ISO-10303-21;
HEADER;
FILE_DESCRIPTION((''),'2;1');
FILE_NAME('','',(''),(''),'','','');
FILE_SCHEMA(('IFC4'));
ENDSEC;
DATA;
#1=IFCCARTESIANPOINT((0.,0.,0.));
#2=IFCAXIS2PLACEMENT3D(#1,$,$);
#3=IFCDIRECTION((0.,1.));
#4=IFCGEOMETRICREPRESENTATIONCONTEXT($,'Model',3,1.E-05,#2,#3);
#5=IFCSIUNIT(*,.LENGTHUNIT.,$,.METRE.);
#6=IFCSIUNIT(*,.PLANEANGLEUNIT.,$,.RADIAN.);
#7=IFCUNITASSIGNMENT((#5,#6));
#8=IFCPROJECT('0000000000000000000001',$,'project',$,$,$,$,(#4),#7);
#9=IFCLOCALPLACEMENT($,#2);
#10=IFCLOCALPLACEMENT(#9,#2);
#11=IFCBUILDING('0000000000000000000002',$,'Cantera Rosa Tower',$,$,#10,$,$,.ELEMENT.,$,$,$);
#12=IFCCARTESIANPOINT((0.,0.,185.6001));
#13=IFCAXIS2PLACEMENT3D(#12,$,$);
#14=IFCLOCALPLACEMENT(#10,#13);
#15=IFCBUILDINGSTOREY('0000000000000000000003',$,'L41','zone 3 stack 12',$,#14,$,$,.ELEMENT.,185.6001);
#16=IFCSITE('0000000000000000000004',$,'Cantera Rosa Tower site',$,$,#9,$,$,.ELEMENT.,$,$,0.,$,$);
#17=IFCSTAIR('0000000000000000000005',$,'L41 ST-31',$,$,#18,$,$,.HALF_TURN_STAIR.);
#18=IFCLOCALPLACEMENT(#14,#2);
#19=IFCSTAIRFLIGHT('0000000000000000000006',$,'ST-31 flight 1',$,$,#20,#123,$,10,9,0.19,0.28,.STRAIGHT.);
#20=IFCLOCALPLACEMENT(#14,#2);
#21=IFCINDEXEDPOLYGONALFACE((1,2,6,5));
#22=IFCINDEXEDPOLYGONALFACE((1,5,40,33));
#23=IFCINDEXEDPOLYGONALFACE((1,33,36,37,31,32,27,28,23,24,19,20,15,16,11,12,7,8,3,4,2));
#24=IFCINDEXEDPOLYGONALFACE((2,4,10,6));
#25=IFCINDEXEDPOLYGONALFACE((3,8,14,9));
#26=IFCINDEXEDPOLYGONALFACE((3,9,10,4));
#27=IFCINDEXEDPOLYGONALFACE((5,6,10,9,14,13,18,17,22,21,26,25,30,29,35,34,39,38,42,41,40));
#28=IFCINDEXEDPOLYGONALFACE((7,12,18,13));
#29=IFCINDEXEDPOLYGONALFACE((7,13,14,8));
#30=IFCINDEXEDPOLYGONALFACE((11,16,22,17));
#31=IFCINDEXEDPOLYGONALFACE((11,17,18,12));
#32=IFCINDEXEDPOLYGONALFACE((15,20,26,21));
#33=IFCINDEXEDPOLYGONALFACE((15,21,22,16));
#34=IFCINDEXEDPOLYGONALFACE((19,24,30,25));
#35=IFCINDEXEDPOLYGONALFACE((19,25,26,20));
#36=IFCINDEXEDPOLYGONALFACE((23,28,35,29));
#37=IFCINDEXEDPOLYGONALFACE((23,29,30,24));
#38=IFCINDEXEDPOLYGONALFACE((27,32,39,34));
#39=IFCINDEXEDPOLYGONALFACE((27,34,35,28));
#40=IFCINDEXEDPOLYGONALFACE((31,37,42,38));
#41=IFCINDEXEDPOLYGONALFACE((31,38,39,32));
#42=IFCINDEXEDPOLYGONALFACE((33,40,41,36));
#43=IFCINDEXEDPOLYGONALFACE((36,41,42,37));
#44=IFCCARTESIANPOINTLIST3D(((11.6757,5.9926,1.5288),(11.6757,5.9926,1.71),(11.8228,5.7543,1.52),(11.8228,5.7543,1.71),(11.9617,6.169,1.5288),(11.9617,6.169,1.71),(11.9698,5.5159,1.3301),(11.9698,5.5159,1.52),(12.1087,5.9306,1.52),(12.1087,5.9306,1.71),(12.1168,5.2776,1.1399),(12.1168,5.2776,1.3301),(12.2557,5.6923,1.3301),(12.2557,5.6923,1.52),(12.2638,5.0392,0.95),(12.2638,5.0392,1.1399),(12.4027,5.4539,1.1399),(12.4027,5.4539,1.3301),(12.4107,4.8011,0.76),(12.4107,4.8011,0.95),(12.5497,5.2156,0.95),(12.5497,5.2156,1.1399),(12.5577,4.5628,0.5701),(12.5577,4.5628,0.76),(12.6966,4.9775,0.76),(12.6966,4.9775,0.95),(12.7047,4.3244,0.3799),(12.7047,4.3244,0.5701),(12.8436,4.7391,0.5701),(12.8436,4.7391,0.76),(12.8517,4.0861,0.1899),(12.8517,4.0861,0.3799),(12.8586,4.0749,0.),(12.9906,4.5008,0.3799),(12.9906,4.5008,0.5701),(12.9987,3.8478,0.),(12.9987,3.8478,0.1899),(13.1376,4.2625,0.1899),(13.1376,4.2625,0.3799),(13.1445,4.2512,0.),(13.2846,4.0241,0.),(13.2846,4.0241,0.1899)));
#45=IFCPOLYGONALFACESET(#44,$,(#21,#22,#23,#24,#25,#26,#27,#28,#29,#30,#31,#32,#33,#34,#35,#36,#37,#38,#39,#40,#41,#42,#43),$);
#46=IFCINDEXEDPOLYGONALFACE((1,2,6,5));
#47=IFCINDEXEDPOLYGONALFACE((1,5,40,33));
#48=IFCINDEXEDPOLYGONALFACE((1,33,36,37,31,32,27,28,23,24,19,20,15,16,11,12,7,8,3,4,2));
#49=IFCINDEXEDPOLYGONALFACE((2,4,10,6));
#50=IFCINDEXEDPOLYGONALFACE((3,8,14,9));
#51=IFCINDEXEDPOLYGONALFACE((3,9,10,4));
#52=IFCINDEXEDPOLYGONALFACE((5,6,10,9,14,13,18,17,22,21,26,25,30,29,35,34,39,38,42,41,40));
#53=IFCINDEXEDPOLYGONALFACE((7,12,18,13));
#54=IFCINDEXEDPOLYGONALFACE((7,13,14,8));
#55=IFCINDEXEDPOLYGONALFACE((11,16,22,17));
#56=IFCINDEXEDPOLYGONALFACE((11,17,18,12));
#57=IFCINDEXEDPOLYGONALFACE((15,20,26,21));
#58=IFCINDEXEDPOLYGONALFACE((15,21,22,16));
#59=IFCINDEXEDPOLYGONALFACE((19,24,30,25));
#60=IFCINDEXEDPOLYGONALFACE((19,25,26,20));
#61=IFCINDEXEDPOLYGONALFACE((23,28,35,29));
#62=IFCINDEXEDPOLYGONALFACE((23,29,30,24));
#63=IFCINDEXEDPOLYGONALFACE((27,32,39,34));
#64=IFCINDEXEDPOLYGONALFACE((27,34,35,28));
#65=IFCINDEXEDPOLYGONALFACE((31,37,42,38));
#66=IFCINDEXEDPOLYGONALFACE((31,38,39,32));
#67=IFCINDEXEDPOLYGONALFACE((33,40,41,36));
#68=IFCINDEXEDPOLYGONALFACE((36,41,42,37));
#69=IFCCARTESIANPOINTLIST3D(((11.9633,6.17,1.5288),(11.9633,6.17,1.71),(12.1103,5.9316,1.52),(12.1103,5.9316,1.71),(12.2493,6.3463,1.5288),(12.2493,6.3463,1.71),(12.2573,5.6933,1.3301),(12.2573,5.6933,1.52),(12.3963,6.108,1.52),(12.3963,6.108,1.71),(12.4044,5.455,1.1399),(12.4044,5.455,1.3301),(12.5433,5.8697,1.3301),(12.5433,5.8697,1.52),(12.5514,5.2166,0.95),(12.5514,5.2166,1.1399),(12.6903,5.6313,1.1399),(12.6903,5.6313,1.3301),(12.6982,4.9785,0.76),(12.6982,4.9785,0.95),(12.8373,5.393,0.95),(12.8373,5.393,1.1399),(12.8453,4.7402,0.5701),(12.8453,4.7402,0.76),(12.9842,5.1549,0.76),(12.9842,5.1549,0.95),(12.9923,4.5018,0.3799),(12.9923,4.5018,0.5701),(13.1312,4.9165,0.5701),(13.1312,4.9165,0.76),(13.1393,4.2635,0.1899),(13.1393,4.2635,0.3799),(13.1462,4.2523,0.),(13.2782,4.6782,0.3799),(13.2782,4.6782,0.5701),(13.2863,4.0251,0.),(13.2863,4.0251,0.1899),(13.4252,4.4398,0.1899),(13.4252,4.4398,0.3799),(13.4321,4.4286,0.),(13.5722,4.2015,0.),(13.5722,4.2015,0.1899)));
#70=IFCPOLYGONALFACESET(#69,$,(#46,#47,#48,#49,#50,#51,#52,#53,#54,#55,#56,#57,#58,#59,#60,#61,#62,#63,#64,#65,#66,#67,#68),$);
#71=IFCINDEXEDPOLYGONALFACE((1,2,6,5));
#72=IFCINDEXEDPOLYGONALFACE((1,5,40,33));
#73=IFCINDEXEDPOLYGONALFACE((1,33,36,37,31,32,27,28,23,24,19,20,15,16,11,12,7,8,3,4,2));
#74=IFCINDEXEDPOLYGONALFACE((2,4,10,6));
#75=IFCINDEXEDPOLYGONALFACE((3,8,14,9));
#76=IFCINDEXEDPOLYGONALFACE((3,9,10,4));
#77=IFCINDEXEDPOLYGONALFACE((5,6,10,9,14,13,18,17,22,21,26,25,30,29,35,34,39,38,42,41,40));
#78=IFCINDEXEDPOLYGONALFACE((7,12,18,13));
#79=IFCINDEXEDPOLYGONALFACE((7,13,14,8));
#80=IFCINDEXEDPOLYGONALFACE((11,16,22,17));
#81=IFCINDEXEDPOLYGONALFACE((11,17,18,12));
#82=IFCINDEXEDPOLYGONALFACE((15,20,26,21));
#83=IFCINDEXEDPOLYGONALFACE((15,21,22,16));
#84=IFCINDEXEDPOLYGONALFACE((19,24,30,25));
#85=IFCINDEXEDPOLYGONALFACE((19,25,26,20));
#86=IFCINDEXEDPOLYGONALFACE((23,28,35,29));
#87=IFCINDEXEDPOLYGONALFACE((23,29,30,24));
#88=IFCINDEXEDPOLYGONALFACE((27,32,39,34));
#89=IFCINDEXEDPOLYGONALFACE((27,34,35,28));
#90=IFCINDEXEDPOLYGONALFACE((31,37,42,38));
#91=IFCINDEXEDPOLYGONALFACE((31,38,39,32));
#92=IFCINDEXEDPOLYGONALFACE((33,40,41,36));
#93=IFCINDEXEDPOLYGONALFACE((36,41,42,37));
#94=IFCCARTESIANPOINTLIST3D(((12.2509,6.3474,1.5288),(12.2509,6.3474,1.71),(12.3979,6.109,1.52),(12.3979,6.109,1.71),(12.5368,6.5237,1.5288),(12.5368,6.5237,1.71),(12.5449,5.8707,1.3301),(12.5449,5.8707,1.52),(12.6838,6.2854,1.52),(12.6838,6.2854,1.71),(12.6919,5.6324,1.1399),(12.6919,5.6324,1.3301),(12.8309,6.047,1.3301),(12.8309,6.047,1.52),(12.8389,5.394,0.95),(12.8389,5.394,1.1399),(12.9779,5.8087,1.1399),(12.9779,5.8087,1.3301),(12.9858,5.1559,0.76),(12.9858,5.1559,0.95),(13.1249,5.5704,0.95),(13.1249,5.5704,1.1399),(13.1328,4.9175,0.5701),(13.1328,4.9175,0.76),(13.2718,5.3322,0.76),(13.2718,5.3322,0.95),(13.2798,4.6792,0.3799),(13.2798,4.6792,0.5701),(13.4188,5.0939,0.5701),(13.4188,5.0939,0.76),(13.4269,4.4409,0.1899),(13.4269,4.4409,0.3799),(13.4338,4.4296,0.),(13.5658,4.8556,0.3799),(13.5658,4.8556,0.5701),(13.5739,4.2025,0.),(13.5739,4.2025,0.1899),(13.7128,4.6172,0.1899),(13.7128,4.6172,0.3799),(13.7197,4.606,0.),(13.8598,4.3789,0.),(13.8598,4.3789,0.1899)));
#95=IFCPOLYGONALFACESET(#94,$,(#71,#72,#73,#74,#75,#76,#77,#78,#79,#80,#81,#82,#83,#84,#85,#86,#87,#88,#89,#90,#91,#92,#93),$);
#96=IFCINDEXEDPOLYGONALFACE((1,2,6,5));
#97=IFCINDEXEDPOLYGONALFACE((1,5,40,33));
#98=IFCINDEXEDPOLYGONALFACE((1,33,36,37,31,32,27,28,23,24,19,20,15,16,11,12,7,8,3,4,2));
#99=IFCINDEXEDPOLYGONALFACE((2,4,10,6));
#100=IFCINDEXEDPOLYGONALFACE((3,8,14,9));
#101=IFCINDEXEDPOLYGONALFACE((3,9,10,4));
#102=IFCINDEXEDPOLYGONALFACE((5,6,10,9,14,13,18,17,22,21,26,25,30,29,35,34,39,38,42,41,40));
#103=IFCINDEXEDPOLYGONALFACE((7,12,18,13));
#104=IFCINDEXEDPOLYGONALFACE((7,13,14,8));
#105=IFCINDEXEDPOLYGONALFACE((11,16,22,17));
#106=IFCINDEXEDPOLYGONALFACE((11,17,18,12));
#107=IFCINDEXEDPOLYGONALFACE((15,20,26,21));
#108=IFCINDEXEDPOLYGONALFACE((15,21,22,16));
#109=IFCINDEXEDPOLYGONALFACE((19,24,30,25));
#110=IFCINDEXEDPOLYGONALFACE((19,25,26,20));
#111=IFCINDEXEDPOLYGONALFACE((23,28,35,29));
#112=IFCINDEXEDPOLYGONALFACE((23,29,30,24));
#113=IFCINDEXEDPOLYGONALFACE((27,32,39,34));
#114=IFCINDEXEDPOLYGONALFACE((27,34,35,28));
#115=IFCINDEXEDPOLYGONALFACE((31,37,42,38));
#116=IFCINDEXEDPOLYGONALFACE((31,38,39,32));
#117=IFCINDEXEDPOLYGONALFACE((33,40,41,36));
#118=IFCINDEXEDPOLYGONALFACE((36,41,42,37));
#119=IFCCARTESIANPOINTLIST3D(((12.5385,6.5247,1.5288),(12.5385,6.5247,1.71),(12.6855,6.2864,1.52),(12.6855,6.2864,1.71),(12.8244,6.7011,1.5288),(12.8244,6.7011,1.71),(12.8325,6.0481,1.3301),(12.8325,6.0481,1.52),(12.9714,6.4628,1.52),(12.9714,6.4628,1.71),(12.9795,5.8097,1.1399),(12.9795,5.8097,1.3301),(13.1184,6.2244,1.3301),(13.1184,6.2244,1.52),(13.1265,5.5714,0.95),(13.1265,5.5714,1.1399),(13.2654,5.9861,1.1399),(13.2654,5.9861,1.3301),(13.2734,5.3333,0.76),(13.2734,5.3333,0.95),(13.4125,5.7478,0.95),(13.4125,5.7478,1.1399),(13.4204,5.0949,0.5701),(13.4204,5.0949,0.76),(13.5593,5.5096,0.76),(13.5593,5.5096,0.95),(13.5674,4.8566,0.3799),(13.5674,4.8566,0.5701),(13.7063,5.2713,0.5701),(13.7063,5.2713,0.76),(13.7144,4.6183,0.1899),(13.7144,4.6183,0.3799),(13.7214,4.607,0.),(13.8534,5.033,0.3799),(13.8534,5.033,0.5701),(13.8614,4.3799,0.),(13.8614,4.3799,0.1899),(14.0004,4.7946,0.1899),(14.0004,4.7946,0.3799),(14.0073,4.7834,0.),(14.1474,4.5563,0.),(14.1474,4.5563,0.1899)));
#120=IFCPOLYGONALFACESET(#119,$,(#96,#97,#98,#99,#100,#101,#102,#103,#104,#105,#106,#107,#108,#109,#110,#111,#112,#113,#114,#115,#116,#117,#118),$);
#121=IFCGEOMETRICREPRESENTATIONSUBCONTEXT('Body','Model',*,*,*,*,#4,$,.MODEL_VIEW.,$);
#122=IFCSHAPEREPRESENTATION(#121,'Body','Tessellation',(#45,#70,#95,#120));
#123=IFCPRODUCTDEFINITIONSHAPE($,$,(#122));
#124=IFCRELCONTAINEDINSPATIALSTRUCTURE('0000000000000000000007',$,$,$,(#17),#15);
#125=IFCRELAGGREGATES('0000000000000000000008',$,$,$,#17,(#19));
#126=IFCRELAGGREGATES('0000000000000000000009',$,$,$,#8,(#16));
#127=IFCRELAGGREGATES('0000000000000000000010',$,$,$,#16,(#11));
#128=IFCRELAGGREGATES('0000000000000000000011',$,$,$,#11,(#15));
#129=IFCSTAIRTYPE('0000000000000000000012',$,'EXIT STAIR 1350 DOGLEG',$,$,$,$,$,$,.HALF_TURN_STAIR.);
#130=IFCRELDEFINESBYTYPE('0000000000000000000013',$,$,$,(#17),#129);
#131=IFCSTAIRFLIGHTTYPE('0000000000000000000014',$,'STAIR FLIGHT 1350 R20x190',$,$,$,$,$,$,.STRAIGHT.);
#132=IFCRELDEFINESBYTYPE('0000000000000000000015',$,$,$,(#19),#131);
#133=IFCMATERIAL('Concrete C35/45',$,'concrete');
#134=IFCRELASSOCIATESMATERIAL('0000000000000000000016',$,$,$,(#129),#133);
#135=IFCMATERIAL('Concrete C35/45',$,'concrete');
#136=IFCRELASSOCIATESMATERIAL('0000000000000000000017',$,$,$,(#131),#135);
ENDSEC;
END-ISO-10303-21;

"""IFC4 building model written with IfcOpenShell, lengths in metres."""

from ifc_helpers import new_model, si_unit, direction, frame, origin, place, context, subcontext, project, spatial, polyline, outline, extrude, material, type_object, element, aggregate, save


model = new_model("IFC4")

# Units and contexts
model_context = context("Model", 3, precision=1e-05, world=origin(), true_north=direction((0.0, 1.0)))
body_context = subcontext(model_context, "Body", "Model", "MODEL_VIEW")
ifc_project = project(units=[si_unit("LENGTHUNIT", "METRE"), si_unit("PLANEANGLEUNIT", "RADIAN")], contexts=[model_context])

# Site, building, storey
site_placement = place(None, origin())
site = spatial("IfcSite", under=ifc_project, at=site_placement, Name="Cantera Rosa Tower site", CompositionType="ELEMENT", RefElevation=0.0)
building_placement = place(site_placement, origin())
building = spatial("IfcBuilding", under=site, at=building_placement, Name="Cantera Rosa Tower", CompositionType="ELEMENT")
storey_placement = place(building_placement, frame((0.0, 0.0, 185.6001)))
storey = spatial("IfcBuildingStorey", under=building, at=storey_placement, Name="L41", Description="zone 3 stack 12", CompositionType="ELEMENT", Elevation=185.6001)

# Stair, stair flight
ifc_material_1 = material(Name="Concrete C35/45", Category="concrete")
stair_type = type_object("IfcStairType", Name="EXIT STAIR 1350 DOGLEG", PredefinedType="HALF_TURN_STAIR", material=ifc_material_1)
stair_placement = place(storey_placement, origin())
stair = element("IfcStair", 1, at=stair_placement, inside=storey, type_object=stair_type, Name="L41 ST-31", PredefinedType="HALF_TURN_STAIR")
ifc_material_2 = material(Name="Concrete C35/45", Category="concrete")
stair_flight_type = type_object("IfcStairFlightType", Name="STAIR FLIGHT 1350 R20x190", PredefinedType="STRAIGHT", material=ifc_material_2)
stair_flight_1_placement = place(storey_placement, frame((13.5732, 4.2021, 0.0), z_axis=(0.0, 0.0, 1.0), x_axis=(-0.524977, 0.851117, 0.0)))
stair_flight_1 = element("IfcStairFlight", 2, at=stair_flight_1_placement, type_object=stair_flight_type, Name="ST-31 flight 1", NumberOfRisers=10, NumberOfTreads=9, PredefinedType="STRAIGHT", RiserHeight=0.19, TreadLength=0.28, context=body_context, shape_type="SweptSolid", body=[
    extrude(outline(polyline([(0.0, 0.0), (0.0, 0.1899), (0.28, 0.1899), (0.28, 0.3799), (0.5601, 0.3799), (0.5601, 0.5701), (0.8401, 0.5701), (0.8401, 0.76), (1.1201, 0.76), (1.1201, 0.95), (1.3999, 0.95), (1.3999, 1.1399), (1.6799, 1.1399), (1.6799, 1.3301), (1.96, 1.3301), (1.96, 1.52), (2.24, 1.52), (2.24, 1.71), (2.52, 1.71), (2.52, 1.8999), (2.52, 1.5288), (0.2668, 0.0), (0.0, 0.0)])), frame((0.0, 0.675, 0.0), z_axis=(0.0, -1.0, 0.0), x_axis=(1.0, 0.0, 0.0)), (0.0, 0.0, 1.0), 0.3359),
    extrude(outline(polyline([(0.0, 0.0), (0.0, 0.1899), (0.28, 0.1899), (0.28, 0.3799), (0.5601, 0.3799), (0.5601, 0.5701), (0.8401, 0.5701), (0.8401, 0.76), (1.1201, 0.76), (1.1201, 0.95), (1.3999, 0.95), (1.3999, 1.1399), (1.6799, 1.1399), (1.6799, 1.3301), (1.96, 1.3301), (1.96, 1.52), (2.24, 1.52), (2.24, 1.71), (2.52, 1.71), (2.52, 1.8999), (2.52, 1.5288), (0.2668, 0.0), (0.0, 0.0)])), frame((0.0, 0.3372, 0.0), z_axis=(0.0, -1.0, 0.0), x_axis=(1.0, 0.0, 0.0)), (0.0, 0.0, 1.0), 0.3359),
    extrude(outline(polyline([(0.0, 0.0), (0.0, 0.1899), (0.28, 0.1899), (0.28, 0.3799), (0.5601, 0.3799), (0.5601, 0.5701), (0.8401, 0.5701), (0.8401, 0.76), (1.1201, 0.76), (1.1201, 0.95), (1.3999, 0.95), (1.3999, 1.1399), (1.6799, 1.1399), (1.6799, 1.3301), (1.96, 1.3301), (1.96, 1.52), (2.24, 1.52), (2.24, 1.71), (2.52, 1.71), (2.52, 1.8999), (2.52, 1.5288), (0.2668, 0.0), (0.0, 0.0)])), frame((0.0, -0.0007, 0.0), z_axis=(0.0, -1.0, 0.0), x_axis=(1.0, 0.0, 0.0)), (0.0, 0.0, 1.0), 0.3359),
    extrude(outline(polyline([(0.0, 0.0), (0.0, 0.1899), (0.28, 0.1899), (0.28, 0.3799), (0.5601, 0.3799), (0.5601, 0.5701), (0.8401, 0.5701), (0.8401, 0.76), (1.1201, 0.76), (1.1201, 0.95), (1.3999, 0.95), (1.3999, 1.1399), (1.6799, 1.1399), (1.6799, 1.3301), (1.96, 1.3301), (1.96, 1.52), (2.24, 1.52), (2.24, 1.71), (2.52, 1.71), (2.52, 1.8999), (2.52, 1.5288), (0.2668, 0.0), (0.0, 0.0)])), frame((0.0, -0.3386, 0.0), z_axis=(0.0, -1.0, 0.0), x_axis=(1.0, 0.0, 0.0)), (0.0, 0.0, 1.0), 0.3359),
])
aggregate(stair, [stair_flight_1])

save(model, "model.ifc")
